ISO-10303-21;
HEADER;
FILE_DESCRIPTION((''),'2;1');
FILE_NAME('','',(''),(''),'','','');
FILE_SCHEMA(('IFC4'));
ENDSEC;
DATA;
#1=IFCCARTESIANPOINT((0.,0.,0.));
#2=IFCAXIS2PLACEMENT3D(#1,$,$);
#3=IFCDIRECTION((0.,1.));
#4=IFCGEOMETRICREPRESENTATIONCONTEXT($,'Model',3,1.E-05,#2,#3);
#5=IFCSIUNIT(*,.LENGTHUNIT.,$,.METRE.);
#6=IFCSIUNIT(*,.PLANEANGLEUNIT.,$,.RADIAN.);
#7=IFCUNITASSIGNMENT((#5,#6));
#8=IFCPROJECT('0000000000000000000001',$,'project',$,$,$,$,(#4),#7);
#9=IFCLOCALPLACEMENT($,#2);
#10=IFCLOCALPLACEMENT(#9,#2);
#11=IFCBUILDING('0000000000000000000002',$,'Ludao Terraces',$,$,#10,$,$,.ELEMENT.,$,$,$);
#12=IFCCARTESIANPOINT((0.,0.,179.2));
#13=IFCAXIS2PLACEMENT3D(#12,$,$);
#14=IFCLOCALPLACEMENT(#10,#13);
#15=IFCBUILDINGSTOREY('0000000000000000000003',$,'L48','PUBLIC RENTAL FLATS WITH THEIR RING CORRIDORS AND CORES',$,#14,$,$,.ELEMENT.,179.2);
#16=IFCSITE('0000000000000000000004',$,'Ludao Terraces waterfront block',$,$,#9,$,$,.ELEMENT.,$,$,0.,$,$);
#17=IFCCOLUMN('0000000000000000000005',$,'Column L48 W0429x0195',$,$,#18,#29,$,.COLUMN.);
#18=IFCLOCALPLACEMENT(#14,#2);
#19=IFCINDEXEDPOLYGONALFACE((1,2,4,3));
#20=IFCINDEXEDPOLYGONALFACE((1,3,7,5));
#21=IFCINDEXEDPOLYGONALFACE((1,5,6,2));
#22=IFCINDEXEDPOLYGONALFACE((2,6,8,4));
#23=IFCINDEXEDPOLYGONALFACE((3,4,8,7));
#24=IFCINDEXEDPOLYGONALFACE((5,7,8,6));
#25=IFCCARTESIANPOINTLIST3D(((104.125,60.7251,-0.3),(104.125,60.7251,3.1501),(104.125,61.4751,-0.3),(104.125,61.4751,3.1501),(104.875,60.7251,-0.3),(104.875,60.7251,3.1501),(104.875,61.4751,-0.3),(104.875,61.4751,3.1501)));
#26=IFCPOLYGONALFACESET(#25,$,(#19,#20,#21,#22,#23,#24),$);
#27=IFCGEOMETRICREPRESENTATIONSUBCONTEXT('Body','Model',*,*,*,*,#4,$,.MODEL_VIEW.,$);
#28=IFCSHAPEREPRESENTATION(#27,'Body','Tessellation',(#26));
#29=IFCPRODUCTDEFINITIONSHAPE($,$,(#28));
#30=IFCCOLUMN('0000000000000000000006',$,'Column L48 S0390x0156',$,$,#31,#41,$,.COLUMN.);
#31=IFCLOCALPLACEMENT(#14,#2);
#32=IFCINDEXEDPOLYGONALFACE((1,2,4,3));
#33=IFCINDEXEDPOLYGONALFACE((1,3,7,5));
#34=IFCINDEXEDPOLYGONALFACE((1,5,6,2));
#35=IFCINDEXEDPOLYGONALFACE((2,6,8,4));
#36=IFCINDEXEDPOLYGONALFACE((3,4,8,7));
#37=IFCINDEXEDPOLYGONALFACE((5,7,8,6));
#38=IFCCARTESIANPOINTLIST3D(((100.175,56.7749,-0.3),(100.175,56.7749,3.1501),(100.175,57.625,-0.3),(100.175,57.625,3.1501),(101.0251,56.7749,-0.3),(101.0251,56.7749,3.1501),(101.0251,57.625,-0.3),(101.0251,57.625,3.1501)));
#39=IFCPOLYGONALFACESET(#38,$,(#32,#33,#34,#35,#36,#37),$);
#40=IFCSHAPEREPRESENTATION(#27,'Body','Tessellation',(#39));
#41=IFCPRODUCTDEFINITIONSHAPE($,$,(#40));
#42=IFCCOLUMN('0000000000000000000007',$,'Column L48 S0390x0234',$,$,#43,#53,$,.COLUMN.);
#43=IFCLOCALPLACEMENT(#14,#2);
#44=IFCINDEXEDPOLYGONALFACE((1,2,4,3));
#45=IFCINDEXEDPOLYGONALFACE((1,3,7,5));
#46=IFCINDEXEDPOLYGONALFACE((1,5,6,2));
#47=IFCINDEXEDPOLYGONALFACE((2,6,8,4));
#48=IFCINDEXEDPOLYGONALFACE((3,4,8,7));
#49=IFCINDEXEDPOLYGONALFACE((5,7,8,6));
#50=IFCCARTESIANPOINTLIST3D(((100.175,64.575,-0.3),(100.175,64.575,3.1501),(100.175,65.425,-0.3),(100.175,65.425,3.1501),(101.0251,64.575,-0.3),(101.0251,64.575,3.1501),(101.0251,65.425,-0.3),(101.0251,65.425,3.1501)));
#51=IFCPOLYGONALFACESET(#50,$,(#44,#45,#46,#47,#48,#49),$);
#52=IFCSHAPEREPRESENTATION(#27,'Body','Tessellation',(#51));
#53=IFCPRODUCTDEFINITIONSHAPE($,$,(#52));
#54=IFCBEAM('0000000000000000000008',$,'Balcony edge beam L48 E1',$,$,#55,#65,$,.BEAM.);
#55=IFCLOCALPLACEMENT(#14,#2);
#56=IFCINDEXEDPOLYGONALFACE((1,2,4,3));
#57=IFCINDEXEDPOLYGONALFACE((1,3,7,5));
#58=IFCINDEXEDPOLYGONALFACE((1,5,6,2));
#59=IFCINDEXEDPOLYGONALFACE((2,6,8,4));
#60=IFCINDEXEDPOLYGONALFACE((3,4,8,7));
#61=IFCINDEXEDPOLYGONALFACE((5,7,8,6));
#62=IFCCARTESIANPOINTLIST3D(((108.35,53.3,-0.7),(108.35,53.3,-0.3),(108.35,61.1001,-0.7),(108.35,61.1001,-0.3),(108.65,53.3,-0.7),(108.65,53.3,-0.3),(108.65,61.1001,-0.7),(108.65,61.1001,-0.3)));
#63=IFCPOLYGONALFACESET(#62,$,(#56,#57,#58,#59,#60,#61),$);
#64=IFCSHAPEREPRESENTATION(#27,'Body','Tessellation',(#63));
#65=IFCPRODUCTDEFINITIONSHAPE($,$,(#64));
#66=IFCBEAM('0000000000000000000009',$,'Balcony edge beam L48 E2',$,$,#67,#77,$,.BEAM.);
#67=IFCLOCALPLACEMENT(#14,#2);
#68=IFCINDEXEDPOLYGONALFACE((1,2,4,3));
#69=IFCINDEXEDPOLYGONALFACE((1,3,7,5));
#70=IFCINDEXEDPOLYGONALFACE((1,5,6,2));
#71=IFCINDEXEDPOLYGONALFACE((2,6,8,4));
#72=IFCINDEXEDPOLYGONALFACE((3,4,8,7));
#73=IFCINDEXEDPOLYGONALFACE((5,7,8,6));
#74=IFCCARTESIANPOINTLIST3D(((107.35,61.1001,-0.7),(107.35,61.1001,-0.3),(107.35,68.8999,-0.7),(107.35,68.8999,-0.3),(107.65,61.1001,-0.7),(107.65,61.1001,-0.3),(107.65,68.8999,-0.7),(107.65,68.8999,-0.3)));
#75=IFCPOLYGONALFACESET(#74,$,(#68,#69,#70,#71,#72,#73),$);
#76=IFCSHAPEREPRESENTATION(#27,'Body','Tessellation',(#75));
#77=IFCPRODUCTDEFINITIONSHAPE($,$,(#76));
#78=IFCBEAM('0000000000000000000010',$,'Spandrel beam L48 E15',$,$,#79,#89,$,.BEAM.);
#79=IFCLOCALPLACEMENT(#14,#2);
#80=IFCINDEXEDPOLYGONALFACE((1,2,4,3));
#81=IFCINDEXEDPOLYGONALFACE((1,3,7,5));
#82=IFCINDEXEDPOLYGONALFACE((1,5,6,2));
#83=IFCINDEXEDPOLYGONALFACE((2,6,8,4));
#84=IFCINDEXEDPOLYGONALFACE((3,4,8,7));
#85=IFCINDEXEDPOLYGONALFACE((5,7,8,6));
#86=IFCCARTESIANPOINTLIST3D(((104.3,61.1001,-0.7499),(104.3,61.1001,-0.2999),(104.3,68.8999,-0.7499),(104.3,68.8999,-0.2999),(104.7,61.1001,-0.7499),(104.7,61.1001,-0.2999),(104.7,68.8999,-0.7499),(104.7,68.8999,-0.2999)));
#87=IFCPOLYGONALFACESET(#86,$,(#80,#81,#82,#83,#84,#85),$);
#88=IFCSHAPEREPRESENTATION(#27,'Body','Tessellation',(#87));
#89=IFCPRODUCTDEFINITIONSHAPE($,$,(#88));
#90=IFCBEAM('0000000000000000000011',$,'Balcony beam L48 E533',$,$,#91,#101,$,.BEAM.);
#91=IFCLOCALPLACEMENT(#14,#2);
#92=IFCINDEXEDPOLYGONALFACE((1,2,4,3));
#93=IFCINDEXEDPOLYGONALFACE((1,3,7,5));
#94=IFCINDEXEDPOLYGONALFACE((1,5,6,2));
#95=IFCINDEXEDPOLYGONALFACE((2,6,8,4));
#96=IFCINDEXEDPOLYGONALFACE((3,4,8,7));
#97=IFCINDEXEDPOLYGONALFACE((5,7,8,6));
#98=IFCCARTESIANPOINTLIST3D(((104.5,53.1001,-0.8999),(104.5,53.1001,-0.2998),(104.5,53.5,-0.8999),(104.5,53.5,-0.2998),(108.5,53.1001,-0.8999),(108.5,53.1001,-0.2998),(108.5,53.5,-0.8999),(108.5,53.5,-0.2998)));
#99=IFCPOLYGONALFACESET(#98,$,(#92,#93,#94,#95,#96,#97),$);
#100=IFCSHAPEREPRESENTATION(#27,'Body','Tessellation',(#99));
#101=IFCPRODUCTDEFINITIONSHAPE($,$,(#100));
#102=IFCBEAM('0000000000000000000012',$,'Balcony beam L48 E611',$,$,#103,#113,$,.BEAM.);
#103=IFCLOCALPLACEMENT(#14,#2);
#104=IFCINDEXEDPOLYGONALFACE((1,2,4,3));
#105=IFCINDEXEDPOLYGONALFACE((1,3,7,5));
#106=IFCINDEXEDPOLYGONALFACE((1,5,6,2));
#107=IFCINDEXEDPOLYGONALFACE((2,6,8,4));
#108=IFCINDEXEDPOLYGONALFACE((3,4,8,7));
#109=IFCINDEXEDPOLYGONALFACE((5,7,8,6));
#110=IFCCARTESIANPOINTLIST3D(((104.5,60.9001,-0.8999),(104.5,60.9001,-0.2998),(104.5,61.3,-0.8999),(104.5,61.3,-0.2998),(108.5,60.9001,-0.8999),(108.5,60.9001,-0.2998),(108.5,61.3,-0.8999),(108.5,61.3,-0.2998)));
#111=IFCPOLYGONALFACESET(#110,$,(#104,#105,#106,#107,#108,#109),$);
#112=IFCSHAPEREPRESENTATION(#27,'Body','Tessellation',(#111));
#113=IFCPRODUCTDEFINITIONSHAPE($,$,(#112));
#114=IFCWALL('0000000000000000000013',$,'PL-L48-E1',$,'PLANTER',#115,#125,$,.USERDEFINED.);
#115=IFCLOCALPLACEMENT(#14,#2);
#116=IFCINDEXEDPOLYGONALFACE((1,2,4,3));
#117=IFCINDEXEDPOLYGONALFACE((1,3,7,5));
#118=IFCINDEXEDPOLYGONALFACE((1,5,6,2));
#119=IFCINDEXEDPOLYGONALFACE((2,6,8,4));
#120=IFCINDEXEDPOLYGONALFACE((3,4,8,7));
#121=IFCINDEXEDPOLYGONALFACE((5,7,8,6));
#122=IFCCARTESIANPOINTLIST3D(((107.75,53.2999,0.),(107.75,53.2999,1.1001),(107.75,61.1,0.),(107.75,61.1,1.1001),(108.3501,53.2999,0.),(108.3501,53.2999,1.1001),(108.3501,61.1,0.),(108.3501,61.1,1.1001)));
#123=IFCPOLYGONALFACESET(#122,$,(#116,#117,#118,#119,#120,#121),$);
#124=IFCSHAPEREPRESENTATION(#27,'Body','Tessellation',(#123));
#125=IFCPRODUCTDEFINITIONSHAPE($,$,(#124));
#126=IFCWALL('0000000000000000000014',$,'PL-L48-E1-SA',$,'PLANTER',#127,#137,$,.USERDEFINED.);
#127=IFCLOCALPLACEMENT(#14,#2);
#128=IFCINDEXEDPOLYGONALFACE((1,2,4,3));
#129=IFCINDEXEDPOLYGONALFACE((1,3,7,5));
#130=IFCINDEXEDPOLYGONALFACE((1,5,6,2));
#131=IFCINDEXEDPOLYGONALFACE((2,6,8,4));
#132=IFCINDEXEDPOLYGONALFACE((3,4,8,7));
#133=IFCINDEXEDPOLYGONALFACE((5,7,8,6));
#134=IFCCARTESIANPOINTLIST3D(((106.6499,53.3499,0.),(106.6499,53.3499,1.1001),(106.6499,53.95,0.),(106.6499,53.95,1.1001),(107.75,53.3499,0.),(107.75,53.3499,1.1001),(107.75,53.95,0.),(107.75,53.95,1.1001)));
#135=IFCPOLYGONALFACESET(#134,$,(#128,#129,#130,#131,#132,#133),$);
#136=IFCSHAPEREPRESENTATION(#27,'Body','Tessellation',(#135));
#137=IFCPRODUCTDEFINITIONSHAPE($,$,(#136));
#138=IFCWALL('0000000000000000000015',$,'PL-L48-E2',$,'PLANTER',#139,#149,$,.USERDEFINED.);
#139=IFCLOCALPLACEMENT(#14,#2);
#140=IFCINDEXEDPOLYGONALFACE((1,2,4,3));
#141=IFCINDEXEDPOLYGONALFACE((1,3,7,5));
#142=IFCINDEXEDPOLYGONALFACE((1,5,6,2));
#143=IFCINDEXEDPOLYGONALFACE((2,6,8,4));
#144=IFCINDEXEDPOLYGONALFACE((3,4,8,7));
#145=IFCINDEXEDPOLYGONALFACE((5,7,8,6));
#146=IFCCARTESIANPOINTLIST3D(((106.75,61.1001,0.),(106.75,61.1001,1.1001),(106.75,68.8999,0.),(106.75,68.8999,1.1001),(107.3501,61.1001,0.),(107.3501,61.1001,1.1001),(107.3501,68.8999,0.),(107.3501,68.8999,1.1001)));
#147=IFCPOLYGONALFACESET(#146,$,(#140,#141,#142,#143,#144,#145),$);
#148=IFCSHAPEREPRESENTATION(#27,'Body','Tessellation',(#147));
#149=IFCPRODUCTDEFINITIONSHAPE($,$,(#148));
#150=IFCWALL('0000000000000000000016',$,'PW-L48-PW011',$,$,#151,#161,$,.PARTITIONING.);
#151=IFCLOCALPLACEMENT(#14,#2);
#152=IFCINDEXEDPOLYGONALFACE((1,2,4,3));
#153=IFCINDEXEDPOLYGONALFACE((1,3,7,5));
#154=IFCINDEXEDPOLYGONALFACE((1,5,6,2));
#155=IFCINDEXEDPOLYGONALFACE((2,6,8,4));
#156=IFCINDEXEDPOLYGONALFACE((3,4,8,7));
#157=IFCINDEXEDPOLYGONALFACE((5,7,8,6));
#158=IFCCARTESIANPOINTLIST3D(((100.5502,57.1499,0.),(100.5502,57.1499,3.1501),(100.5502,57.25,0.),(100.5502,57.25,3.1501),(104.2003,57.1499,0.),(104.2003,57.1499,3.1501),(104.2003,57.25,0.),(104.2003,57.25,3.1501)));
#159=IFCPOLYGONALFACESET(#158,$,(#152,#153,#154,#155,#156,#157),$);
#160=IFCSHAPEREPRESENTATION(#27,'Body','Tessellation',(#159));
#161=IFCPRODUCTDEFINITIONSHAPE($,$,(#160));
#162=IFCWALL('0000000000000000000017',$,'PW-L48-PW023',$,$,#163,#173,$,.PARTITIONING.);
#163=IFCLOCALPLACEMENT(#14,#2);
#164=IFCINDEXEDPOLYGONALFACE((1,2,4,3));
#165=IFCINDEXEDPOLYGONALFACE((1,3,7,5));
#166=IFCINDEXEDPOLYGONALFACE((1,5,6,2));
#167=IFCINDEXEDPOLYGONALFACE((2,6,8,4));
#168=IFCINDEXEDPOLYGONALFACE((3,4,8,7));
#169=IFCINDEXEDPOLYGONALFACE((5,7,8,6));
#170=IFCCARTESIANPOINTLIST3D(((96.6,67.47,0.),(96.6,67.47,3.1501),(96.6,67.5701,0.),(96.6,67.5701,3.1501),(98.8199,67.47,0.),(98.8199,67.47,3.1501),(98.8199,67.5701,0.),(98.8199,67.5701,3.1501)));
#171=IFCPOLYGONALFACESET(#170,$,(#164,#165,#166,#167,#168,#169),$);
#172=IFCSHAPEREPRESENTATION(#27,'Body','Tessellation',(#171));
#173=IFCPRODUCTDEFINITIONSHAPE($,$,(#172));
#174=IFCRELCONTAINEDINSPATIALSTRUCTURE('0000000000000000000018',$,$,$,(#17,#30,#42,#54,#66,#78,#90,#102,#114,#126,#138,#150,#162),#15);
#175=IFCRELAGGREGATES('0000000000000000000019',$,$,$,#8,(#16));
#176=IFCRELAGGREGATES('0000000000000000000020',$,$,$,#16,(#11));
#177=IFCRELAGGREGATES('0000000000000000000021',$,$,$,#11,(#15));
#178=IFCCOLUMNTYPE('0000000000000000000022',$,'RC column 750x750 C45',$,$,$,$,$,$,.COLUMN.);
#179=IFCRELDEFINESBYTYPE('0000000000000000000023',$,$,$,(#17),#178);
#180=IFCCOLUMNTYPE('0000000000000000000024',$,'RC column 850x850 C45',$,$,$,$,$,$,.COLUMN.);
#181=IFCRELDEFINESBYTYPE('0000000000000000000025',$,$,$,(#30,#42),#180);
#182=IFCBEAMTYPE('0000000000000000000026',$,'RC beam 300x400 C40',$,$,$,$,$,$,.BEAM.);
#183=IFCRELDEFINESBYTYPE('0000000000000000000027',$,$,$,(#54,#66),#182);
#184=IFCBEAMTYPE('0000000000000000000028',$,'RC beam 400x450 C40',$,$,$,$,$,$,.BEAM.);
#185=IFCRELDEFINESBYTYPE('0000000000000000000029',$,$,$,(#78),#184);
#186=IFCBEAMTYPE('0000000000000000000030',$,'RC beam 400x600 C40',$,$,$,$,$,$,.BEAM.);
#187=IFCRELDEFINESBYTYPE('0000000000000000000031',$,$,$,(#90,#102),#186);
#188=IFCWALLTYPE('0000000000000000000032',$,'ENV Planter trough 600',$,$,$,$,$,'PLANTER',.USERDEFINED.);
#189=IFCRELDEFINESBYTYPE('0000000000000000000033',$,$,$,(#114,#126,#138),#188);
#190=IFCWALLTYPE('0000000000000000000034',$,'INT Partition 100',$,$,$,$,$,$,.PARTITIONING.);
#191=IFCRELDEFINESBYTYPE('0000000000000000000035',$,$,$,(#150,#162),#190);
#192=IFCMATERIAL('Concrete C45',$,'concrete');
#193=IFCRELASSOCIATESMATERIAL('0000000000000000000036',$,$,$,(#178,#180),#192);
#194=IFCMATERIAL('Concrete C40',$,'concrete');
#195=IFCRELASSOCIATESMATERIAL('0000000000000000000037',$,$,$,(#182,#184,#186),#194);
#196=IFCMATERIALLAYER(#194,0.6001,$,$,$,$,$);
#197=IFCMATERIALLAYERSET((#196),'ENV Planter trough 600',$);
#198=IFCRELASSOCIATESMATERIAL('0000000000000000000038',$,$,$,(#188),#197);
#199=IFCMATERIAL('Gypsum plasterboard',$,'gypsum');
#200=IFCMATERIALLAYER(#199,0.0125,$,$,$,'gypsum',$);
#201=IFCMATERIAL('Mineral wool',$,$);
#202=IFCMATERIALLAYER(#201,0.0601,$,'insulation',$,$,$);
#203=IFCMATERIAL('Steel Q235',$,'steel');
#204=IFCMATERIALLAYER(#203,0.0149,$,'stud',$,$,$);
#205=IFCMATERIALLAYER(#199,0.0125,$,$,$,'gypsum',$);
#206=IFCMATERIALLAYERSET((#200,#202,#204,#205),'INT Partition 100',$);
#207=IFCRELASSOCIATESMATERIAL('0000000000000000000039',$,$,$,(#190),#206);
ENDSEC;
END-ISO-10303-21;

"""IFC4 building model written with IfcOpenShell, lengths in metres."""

from ifc_helpers import new_model, si_unit, direction, frame, frame_2d, origin, origin_2d, place, context, subcontext, project, spatial, rectangle, extrude, material, layer, layer_set, material_profile, profile_set, type_object, element, save


model = new_model("IFC4")

# Units and contexts
model_context = context("Model", 3, precision=1e-05, world=origin(), true_north=direction((0.0, 1.0)))
body_context = subcontext(model_context, "Body", "Model", "MODEL_VIEW")
ifc_project = project(units=[si_unit("LENGTHUNIT", "METRE"), si_unit("PLANEANGLEUNIT", "RADIAN")], contexts=[model_context])

# Site, building, storey
site_placement = place(None, origin())
site = spatial("IfcSite", under=ifc_project, at=site_placement, Name="Ludao Terraces waterfront block", CompositionType="ELEMENT", RefElevation=0.0)
building_placement = place(site_placement, origin())
building = spatial("IfcBuilding", under=site, at=building_placement, Name="Ludao Terraces", CompositionType="ELEMENT")
storey_placement = place(building_placement, frame((0.0, 0.0, 179.2)))
storey = spatial("IfcBuildingStorey", under=building, at=storey_placement, Name="L48", Description="PUBLIC RENTAL FLATS WITH THEIR RING CORRIDORS AND CORES", CompositionType="ELEMENT", Elevation=179.2)

# Columns
ifc_material_1 = material(Name="Concrete C45", Category="concrete")
ifc_material_profile_1 = material_profile(ifc_material_1, rectangle(XDim=0.75, YDim=0.75, at=origin_2d()), Name="750 X 750")
ifc_profile_set_1 = profile_set([ifc_material_profile_1], Name="Concrete C45")
column_type_1 = type_object("IfcColumnType", Name="RC column 750x750 C45", PredefinedType="COLUMN", material=ifc_profile_set_1)
column_placement = place(storey_placement, frame((104.5, 61.1001, -0.3), z_axis=(0.0, 0.0, 1.0), x_axis=(1.0, 0.0, 0.0)))
element("IfcColumn", 1, at=column_placement, inside=storey, type_object=column_type_1, Name="Column L48 W0429x0195", PredefinedType="COLUMN", context=body_context, shape_type="SweptSolid", body=[
    extrude(rectangle(XDim=0.75, YDim=0.75, at=origin_2d()), origin(), (0.0, 0.0, 1.0), 3.4502),
])
ifc_material_profile_2 = material_profile(ifc_material_1, rectangle(XDim=0.8501, YDim=0.8501, at=origin_2d()), Name="850 X 850")
ifc_profile_set_2 = profile_set([ifc_material_profile_2], Name="Concrete C45")
column_type_2 = type_object("IfcColumnType", Name="RC column 850x850 C45", PredefinedType="COLUMN", material=ifc_profile_set_2)
for number, where, z_axis, x_axis, name in (
    (2, (100.6001, 57.2, -0.3), (0.0, 0.0, 1.0), (1.0, 0.0, 0.0), "Column L48 S0390x0156"),
    (3, (100.6001, 65.0, -0.3), (0.0, 0.0, 1.0), (1.0, 0.0, 0.0), "Column L48 S0390x0234"),
):
    element("IfcColumn", number, at=place(storey_placement, frame(where, z_axis=z_axis, x_axis=x_axis)), inside=storey, type_object=column_type_2, Name=name, PredefinedType="COLUMN", context=body_context, shape_type="SweptSolid", body=[
        extrude(rectangle(XDim=0.8501, YDim=0.8501, at=origin_2d()), origin(), (0.0, 0.0, 1.0), 3.4502),
    ])

# Beams
ifc_material_2 = material(Name="Concrete C40", Category="concrete")
ifc_material_profile_3 = material_profile(ifc_material_2, rectangle(XDim=0.3, YDim=0.3999, at=origin_2d()), Name="300 X 400")
ifc_profile_set_3 = profile_set([ifc_material_profile_3], Name="Concrete C40")
beam_type_1 = type_object("IfcBeamType", Name="RC beam 300x400 C40", PredefinedType="BEAM", material=ifc_profile_set_3)
beam_1_placement = place(storey_placement, frame((108.5, 53.3, -0.5), z_axis=(0.0, 1.0, 0.0), x_axis=(-1.0, 0.0, 0.0)))
element("IfcBeam", 4, at=beam_1_placement, inside=storey, type_object=beam_type_1, Name="Balcony edge beam L48 E1", PredefinedType="BEAM", context=body_context, shape_type="SweptSolid", body=[
    extrude(rectangle(XDim=0.3, YDim=0.3999, at=origin_2d()), origin(), (0.0, 0.0, 1.0), 7.8),
])
beam_2_placement = place(storey_placement, frame((107.5, 61.1001, -0.5), z_axis=(0.0, 1.0, 0.0), x_axis=(-1.0, 0.0, 0.0)))
element("IfcBeam", 5, at=beam_2_placement, inside=storey, type_object=beam_type_1, Name="Balcony edge beam L48 E2", PredefinedType="BEAM", context=body_context, shape_type="SweptSolid", body=[
    extrude(rectangle(XDim=0.3, YDim=0.3999, at=origin_2d()), origin(), (0.0, 0.0, 1.0), 7.7998),
])
ifc_material_profile_4 = material_profile(ifc_material_2, rectangle(XDim=0.3999, YDim=0.45, at=origin_2d()), Name="400 X 450")
ifc_profile_set_4 = profile_set([ifc_material_profile_4], Name="Concrete C40")
beam_type_2 = type_object("IfcBeamType", Name="RC beam 400x450 C40", PredefinedType="BEAM", material=ifc_profile_set_4)
beam_3_placement = place(storey_placement, frame((104.5, 61.1001, -0.5249), z_axis=(0.0, 1.0, 0.0), x_axis=(-1.0, 0.0, 0.0)))
element("IfcBeam", 6, at=beam_3_placement, inside=storey, type_object=beam_type_2, Name="Spandrel beam L48 E15", PredefinedType="BEAM", context=body_context, shape_type="SweptSolid", body=[
    extrude(rectangle(XDim=0.3999, YDim=0.45, at=origin_2d()), origin(), (0.0, 0.0, 1.0), 7.7998),
])
ifc_material_profile_5 = material_profile(ifc_material_2, rectangle(XDim=0.3999, YDim=0.6001, at=origin_2d()), Name="400 X 600")
ifc_profile_set_5 = profile_set([ifc_material_profile_5], Name="Concrete C40")
beam_type_3 = type_object("IfcBeamType", Name="RC beam 400x600 C40", PredefinedType="BEAM", material=ifc_profile_set_5)
for number, where, z_axis, x_axis, name in (
    (7, (104.5, 53.3, -0.5999), (1.0, 0.0, 0.0), (0.0, 1.0, 0.0), "Balcony beam L48 E533"),
    (8, (104.5, 61.1001, -0.5999), (1.0, 0.0, 0.0), (0.0, 1.0, 0.0), "Balcony beam L48 E611"),
):
    element("IfcBeam", number, at=place(storey_placement, frame(where, z_axis=z_axis, x_axis=x_axis)), inside=storey, type_object=beam_type_3, Name=name, PredefinedType="BEAM", context=body_context, shape_type="SweptSolid", body=[
        extrude(rectangle(XDim=0.3999, YDim=0.6001, at=origin_2d()), origin(), (0.0, 0.0, 1.0), 4.0),
    ])

# Walls
ifc_layer_1 = layer(ifc_material_2, 0.6001)
ifc_layer_set_1 = layer_set([ifc_layer_1], Name="ENV Planter trough 600")
wall_type_1 = type_object("IfcWallType", Name="ENV Planter trough 600", ElementType="PLANTER", PredefinedType="USERDEFINED", material=ifc_layer_set_1)
wall_1_placement = place(storey_placement, frame((108.05, 53.3, 0.0), z_axis=(0.0, 0.0, 1.0), x_axis=(0.0, 1.0, 0.0)))
element("IfcWall", 9, at=wall_1_placement, inside=storey, type_object=wall_type_1, Name="PL-L48-E1", ObjectType="PLANTER", PredefinedType="USERDEFINED", context=body_context, shape_type="SweptSolid", body=[
    extrude(rectangle(XDim=7.8, YDim=0.6001, at=frame_2d((3.8999, 0.0))), origin(), (0.0, 0.0, 1.0), 1.1001),
])
wall_2_placement = place(storey_placement, frame((107.75, 53.6499, 0.0), z_axis=(0.0, 0.0, 1.0), x_axis=(-1.0, 0.0, 0.0)))
element("IfcWall", 10, at=wall_2_placement, inside=storey, type_object=wall_type_1, Name="PL-L48-E1-SA", ObjectType="PLANTER", PredefinedType="USERDEFINED", context=body_context, shape_type="SweptSolid", body=[
    extrude(rectangle(XDim=1.1001, YDim=0.6001, at=frame_2d((0.55, 0.0))), origin(), (0.0, 0.0, 1.0), 1.1001),
])
wall_3_placement = place(storey_placement, frame((107.05, 61.1001, 0.0), z_axis=(0.0, 0.0, 1.0), x_axis=(0.0, 1.0, 0.0)))
element("IfcWall", 11, at=wall_3_placement, inside=storey, type_object=wall_type_1, Name="PL-L48-E2", ObjectType="PLANTER", PredefinedType="USERDEFINED", context=body_context, shape_type="SweptSolid", body=[
    extrude(rectangle(XDim=7.7998, YDim=0.6001, at=frame_2d((3.8999, 0.0))), origin(), (0.0, 0.0, 1.0), 1.1001),
])

# Shared definitions
ifc_material_3 = material(Name="Mineral wool")

# Walls
ifc_material_4 = material(Name="Gypsum plasterboard", Category="gypsum")
ifc_layer_2 = layer(ifc_material_4, 0.0125, Category="gypsum")
ifc_layer_3 = layer(ifc_material_3, 0.0601, Name="insulation")
ifc_material_5 = material(Name="Steel Q235", Category="steel")
ifc_layer_4 = layer(ifc_material_5, 0.0149, Name="stud")
ifc_layer_5 = layer(ifc_material_4, 0.0125, Category="gypsum")
ifc_layer_set_2 = layer_set([ifc_layer_2, ifc_layer_3, ifc_layer_4, ifc_layer_5], Name="INT Partition 100")
wall_type_2 = type_object("IfcWallType", Name="INT Partition 100", PredefinedType="PARTITIONING", material=ifc_layer_set_2)
wall_4_placement = place(storey_placement, frame((100.55, 57.2, 0.0), z_axis=(0.0, 0.0, 1.0), x_axis=(1.0, 0.0, 0.0)))
element("IfcWall", 12, at=wall_4_placement, inside=storey, type_object=wall_type_2, Name="PW-L48-PW011", PredefinedType="PARTITIONING", context=body_context, shape_type="SweptSolid", body=[
    extrude(rectangle(XDim=3.6501, YDim=0.1001, at=frame_2d((1.8252, 0.0))), origin(), (0.0, 0.0, 1.0), 3.1501),
])
wall_5_placement = place(storey_placement, frame((96.6001, 67.52, 0.0), z_axis=(0.0, 0.0, 1.0), x_axis=(1.0, 0.0, 0.0)))
element("IfcWall", 13, at=wall_5_placement, inside=storey, type_object=wall_type_2, Name="PW-L48-PW023", PredefinedType="PARTITIONING", context=body_context, shape_type="SweptSolid", body=[
    extrude(rectangle(XDim=2.22, YDim=0.1001, at=frame_2d((1.1099, 0.0))), origin(), (0.0, 0.0, 1.0), 3.1501),
])

save(model, "model.ifc")
